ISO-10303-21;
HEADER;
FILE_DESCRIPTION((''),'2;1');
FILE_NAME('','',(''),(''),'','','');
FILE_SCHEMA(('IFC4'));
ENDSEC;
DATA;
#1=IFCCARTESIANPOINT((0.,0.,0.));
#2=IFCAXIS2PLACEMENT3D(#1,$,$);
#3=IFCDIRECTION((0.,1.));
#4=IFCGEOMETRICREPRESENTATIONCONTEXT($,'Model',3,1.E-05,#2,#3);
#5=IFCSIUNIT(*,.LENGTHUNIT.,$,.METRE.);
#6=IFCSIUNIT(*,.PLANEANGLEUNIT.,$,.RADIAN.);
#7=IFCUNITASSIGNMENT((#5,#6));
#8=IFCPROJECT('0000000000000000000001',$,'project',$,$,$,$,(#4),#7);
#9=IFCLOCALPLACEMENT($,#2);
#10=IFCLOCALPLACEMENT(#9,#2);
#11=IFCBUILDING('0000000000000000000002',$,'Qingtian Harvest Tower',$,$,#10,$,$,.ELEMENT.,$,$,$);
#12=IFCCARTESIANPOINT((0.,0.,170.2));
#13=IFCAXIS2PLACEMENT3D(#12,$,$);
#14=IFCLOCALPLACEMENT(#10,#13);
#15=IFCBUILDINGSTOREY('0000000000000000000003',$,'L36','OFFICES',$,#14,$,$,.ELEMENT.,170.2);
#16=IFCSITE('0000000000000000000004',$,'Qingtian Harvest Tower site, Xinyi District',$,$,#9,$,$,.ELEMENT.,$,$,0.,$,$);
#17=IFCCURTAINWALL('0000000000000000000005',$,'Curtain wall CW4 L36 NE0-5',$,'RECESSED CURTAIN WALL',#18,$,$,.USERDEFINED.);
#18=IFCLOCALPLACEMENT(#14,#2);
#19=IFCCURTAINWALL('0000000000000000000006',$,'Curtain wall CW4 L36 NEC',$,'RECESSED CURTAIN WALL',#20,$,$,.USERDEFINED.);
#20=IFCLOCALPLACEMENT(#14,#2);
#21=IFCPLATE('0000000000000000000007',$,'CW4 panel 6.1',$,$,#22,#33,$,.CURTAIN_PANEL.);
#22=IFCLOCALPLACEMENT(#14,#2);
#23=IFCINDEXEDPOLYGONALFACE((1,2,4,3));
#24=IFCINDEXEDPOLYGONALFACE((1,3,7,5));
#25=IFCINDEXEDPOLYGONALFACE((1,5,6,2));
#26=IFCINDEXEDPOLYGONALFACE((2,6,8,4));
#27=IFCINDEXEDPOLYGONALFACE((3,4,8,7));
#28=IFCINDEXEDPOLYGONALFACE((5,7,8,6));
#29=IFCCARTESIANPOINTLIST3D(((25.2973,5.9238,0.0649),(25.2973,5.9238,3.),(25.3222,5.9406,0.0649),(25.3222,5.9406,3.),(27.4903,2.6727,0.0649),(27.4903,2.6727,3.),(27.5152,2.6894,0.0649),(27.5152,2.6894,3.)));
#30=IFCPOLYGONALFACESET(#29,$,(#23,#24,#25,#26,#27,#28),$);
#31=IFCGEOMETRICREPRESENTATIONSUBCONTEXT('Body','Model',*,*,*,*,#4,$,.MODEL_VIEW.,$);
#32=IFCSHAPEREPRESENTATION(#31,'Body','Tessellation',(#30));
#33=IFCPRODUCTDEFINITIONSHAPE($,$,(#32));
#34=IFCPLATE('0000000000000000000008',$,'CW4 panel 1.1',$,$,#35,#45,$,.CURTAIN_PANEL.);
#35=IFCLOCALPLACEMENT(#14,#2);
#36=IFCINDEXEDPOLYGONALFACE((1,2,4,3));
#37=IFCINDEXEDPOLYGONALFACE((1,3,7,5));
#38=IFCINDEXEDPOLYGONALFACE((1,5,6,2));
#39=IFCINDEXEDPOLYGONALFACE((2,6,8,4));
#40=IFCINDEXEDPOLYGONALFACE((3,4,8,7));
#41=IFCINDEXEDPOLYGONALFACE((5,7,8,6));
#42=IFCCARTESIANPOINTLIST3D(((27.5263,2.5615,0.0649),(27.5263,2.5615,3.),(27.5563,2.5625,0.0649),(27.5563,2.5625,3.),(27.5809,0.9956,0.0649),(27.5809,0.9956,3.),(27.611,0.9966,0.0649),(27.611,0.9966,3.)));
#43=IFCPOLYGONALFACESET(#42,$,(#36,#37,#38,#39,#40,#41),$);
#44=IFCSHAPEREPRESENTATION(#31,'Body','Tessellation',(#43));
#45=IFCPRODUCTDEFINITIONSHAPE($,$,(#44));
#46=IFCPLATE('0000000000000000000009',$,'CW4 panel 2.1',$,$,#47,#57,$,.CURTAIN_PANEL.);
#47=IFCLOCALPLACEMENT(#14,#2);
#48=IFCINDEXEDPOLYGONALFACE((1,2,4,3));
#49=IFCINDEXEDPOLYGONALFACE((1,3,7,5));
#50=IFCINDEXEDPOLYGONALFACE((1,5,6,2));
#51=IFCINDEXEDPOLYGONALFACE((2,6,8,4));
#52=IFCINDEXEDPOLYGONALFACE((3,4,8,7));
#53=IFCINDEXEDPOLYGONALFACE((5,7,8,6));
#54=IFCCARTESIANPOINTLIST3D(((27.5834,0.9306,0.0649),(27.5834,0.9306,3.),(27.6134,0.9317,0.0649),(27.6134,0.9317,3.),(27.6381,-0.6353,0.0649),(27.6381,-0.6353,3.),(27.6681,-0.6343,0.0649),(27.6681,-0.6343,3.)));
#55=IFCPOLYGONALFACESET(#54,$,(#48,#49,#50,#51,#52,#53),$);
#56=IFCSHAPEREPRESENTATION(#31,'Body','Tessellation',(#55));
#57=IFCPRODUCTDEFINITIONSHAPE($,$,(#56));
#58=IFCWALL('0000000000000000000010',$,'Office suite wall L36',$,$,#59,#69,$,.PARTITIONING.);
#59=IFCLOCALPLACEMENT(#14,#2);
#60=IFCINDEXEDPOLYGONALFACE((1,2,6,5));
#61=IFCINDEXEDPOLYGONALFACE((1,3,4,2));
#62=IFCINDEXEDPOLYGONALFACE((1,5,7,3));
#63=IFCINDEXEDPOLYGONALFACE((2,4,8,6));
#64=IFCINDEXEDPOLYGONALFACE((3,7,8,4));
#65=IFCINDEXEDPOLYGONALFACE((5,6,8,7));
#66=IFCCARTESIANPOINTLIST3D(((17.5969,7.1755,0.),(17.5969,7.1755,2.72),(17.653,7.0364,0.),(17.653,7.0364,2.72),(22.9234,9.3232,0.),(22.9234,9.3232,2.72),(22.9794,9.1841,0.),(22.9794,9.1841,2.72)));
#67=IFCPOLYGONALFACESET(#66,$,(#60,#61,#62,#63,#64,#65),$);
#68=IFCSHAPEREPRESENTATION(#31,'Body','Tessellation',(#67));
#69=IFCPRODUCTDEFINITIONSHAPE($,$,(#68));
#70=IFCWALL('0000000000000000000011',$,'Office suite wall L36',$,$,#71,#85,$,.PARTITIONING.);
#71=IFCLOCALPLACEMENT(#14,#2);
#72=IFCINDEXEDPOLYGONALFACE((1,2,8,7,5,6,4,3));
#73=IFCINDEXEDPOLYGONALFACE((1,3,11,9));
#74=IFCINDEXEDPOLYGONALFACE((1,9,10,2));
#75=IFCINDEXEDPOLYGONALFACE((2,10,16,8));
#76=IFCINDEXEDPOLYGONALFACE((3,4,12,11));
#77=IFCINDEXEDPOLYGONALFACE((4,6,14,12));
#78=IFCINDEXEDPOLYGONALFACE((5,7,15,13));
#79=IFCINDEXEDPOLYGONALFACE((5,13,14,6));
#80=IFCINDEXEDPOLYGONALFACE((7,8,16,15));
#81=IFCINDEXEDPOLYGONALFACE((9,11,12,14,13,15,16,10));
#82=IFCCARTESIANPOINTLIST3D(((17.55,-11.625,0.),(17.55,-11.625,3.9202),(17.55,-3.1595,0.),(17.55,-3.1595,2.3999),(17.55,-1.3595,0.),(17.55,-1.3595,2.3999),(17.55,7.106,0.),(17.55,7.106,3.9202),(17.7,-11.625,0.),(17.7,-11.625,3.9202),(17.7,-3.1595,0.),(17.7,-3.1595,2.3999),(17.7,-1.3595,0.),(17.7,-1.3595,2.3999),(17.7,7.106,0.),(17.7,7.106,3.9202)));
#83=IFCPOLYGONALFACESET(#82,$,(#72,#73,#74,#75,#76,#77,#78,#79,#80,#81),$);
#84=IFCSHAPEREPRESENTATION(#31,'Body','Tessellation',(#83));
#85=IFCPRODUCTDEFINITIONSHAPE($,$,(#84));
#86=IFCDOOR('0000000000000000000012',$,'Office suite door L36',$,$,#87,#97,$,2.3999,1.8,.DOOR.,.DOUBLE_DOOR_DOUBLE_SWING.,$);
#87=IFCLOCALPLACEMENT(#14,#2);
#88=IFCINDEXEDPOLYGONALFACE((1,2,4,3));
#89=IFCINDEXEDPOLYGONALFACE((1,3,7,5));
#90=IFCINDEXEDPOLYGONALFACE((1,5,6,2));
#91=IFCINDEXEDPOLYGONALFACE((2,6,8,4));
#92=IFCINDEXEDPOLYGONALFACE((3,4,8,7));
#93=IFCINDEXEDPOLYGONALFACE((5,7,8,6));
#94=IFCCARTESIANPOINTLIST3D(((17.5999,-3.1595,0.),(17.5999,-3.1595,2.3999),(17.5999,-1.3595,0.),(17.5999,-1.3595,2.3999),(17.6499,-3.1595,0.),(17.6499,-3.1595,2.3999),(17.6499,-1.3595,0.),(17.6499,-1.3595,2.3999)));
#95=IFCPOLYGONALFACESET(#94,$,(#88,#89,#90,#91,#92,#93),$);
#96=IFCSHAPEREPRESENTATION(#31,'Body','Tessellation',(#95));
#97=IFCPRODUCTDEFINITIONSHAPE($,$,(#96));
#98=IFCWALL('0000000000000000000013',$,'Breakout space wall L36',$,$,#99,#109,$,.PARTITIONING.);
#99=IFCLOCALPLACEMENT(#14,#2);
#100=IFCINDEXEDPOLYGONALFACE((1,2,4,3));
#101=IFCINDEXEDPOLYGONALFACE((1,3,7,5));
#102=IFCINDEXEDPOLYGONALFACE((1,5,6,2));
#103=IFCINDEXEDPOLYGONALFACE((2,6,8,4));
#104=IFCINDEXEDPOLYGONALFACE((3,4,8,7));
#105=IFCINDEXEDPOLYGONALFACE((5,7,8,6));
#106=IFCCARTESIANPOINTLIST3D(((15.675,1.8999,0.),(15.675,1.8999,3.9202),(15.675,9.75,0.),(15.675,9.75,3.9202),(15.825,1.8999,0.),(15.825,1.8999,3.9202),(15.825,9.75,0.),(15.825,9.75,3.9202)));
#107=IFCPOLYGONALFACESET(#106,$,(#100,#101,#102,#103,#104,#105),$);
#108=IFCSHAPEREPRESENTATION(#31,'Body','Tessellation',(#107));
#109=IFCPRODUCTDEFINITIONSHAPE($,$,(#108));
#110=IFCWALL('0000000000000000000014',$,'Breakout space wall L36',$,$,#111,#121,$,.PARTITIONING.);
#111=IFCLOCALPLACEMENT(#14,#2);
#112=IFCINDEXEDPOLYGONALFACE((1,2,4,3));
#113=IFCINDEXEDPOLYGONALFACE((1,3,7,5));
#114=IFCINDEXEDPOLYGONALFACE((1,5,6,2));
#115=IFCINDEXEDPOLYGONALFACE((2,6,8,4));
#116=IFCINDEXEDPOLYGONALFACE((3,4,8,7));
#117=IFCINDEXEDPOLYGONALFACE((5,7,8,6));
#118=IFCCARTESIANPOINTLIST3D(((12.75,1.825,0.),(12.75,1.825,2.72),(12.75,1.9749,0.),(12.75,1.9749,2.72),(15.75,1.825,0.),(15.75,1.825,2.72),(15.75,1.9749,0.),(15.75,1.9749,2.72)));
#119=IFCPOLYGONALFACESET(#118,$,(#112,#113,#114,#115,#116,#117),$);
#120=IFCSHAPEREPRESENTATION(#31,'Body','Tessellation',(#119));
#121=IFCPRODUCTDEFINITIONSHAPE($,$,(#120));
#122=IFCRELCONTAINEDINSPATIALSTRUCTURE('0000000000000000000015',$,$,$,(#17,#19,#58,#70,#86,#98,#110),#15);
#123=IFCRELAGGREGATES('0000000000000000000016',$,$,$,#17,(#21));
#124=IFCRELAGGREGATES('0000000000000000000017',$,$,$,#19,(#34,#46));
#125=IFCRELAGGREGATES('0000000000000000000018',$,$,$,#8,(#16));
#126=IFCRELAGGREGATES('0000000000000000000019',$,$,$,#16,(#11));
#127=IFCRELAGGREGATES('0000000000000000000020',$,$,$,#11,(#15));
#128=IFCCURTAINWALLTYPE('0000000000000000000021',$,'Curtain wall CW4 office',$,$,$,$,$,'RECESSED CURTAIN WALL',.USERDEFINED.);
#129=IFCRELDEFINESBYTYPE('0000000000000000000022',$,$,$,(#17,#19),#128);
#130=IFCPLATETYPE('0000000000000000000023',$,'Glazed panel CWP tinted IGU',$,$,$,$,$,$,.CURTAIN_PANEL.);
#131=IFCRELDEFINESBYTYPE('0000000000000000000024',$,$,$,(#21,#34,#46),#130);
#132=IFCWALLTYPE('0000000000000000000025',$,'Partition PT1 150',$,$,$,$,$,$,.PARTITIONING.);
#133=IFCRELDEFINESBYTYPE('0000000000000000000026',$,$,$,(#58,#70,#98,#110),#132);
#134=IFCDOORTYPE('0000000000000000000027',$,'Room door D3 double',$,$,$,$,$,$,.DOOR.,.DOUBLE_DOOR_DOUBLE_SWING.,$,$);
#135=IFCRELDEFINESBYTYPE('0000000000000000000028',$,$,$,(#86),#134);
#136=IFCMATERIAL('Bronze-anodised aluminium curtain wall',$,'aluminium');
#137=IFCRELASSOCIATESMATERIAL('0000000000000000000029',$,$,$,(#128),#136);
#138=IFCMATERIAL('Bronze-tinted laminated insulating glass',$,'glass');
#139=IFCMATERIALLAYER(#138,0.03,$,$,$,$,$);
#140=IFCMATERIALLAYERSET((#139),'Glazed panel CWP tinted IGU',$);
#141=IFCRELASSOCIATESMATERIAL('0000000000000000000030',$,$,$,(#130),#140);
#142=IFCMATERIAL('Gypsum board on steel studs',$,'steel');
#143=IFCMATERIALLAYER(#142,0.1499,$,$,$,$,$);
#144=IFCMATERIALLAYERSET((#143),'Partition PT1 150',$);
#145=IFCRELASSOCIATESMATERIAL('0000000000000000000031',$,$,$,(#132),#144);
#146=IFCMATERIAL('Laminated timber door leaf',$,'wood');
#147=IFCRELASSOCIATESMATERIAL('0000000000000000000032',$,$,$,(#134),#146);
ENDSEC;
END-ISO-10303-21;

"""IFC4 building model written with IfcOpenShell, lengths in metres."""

from ifc_helpers import new_model, si_unit, direction, frame, frame_2d, origin, origin_2d, place, context, subcontext, project, spatial, rectangle, extrude, material, layer, layer_set, type_object, element, fill, aggregate, save


model = new_model("IFC4")

# Units and contexts
model_context = context("Model", 3, precision=1e-05, world=origin(), true_north=direction((0.0, 1.0)))
body_context = subcontext(model_context, "Body", "Model", "MODEL_VIEW")
ifc_project = project(units=[si_unit("LENGTHUNIT", "METRE"), si_unit("PLANEANGLEUNIT", "RADIAN")], contexts=[model_context])

# Site, building, storey
site_placement = place(None, origin())
site = spatial("IfcSite", under=ifc_project, at=site_placement, Name="Qingtian Harvest Tower site, Xinyi District", CompositionType="ELEMENT", RefElevation=0.0)
building_placement = place(site_placement, origin())
building = spatial("IfcBuilding", under=site, at=building_placement, Name="Qingtian Harvest Tower", CompositionType="ELEMENT")
storey_placement = place(building_placement, frame((0.0, 0.0, 170.2)))
storey = spatial("IfcBuildingStorey", under=building, at=storey_placement, Name="L36", Description="OFFICES", CompositionType="ELEMENT", Elevation=170.2)

# Curtain walls
ifc_material_1 = material(Name="Bronze-anodised aluminium curtain wall", Category="aluminium")
curtain_wall_type = type_object("IfcCurtainWallType", Name="Curtain wall CW4 office", ElementType="RECESSED CURTAIN WALL", PredefinedType="USERDEFINED", material=ifc_material_1)
curtain_wall_1_placement = place(storey_placement, origin())
curtain_wall_1 = element("IfcCurtainWall", 1, at=curtain_wall_1_placement, inside=storey, type_object=curtain_wall_type, Name="Curtain wall CW4 L36 NE0-5", ObjectType="RECESSED CURTAIN WALL", PredefinedType="USERDEFINED")
curtain_wall_2_placement = place(storey_placement, origin())
curtain_wall_2 = element("IfcCurtainWall", 2, at=curtain_wall_2_placement, inside=storey, type_object=curtain_wall_type, Name="Curtain wall CW4 L36 NEC", ObjectType="RECESSED CURTAIN WALL", PredefinedType="USERDEFINED")

# Plates
ifc_material_2 = material(Name="Bronze-tinted laminated insulating glass", Category="glass")
ifc_layer_1 = layer(ifc_material_2, 0.03)
ifc_layer_set_1 = layer_set([ifc_layer_1], Name="Glazed panel CWP tinted IGU")
plate_type = type_object("IfcPlateType", Name="Glazed panel CWP tinted IGU", PredefinedType="CURTAIN_PANEL", material=ifc_layer_set_1)
plate_1_placement = place(storey_placement, frame((26.4062, 4.3066, 0.0649), z_axis=(0.0, 0.0, 1.0), x_axis=(0.559193, -0.829038, 0.0)))
plate_1 = element("IfcPlate", 3, at=plate_1_placement, type_object=plate_type, Name="CW4 panel 6.1", PredefinedType="CURTAIN_PANEL", context=body_context, shape_type="SweptSolid", body=[
    extrude(rectangle(XDim=3.9216, YDim=0.03, at=origin_2d()), origin(), (0.0, 0.0, 1.0), 2.9351),
])
aggregate(curtain_wall_1, [plate_1])
plate_2_placement = place(storey_placement, frame((27.5686, 1.7791, 0.0649), z_axis=(0.0, 0.0, 1.0), x_axis=(0.034899, -0.999391, 0.0)))
plate_2 = element("IfcPlate", 4, at=plate_2_placement, type_object=plate_type, Name="CW4 panel 1.1", PredefinedType="CURTAIN_PANEL", context=body_context, shape_type="SweptSolid", body=[
    extrude(rectangle(XDim=1.5669, YDim=0.03, at=origin_2d()), origin(), (0.0, 0.0, 1.0), 2.9351),
])
plate_3_placement = place(storey_placement, frame((27.6257, 0.1482, 0.0649), z_axis=(0.0, 0.0, 1.0), x_axis=(0.034899, -0.999391, 0.0)))
plate_3 = element("IfcPlate", 5, at=plate_3_placement, type_object=plate_type, Name="CW4 panel 2.1", PredefinedType="CURTAIN_PANEL", context=body_context, shape_type="SweptSolid", body=[
    extrude(rectangle(XDim=1.5669, YDim=0.03, at=origin_2d()), origin(), (0.0, 0.0, 1.0), 2.9351),
])
aggregate(curtain_wall_2, [plate_2, plate_3])

# Wall
ifc_material_3 = material(Name="Gypsum board on steel studs", Category="steel")
ifc_layer_2 = layer(ifc_material_3, 0.1499)
ifc_layer_set_2 = layer_set([ifc_layer_2], Name="Partition PT1 150")
wall_type = type_object("IfcWallType", Name="Partition PT1 150", PredefinedType="PARTITIONING", material=ifc_layer_set_2)
wall_1_placement = place(storey_placement, frame((22.9514, 9.2537, 0.0), z_axis=(0.0, 0.0, 1.0), x_axis=(-0.927444, -0.373962, 0.0)))
element("IfcWall", 6, at=wall_1_placement, inside=storey, type_object=wall_type, Name="Office suite wall L36", PredefinedType="PARTITIONING", context=body_context, shape_type="SweptSolid", body=[
    extrude(rectangle(XDim=5.7432, YDim=0.1499, at=frame_2d((2.8716, 0.0))), origin(), (0.0, 0.0, 1.0), 2.72),
])

# Wall, opening, door
wall_2_placement = place(storey_placement, frame((17.625, 7.106, 0.0), z_axis=(0.0, 0.0, 1.0), x_axis=(0.0, -1.0, 0.0)))
wall_2 = element("IfcWall", 7, at=wall_2_placement, inside=storey, type_object=wall_type, Name="Office suite wall L36", PredefinedType="PARTITIONING", context=body_context, shape_type="SweptSolid", body=[
    extrude(rectangle(XDim=18.731, YDim=0.1499, at=frame_2d((9.3655, 0.0))), origin(), (0.0, 0.0, 1.0), 3.9202),
])
opening_placement = place(wall_2_placement, frame((8.4656, 0.0, 0.0)))
opening = element("IfcOpeningElement", 8, at=opening_placement, cuts=wall_2, PredefinedType="OPENING", context=body_context, shape_type="SweptSolid", body=[
    extrude(rectangle(XDim=1.8, YDim=2.3999, at=frame_2d((0.8999, 1.2))), frame((0.0, 0.085, 0.0), z_axis=(0.0, -1.0, 0.0), x_axis=(1.0, 0.0, 0.0)), (0.0, 0.0, 1.0), 0.1699),
])
ifc_material_4 = material(Name="Laminated timber door leaf", Category="wood")
door_type = type_object("IfcDoorType", Name="Room door D3 double", OperationType="DOUBLE_DOOR_DOUBLE_SWING", PredefinedType="DOOR", material=ifc_material_4)
door_placement = place(opening_placement, origin())
door = element("IfcDoor", 9, at=door_placement, inside=storey, type_object=door_type, Name="Office suite door L36", OperationType="DOUBLE_DOOR_DOUBLE_SWING", OverallHeight=2.3999, OverallWidth=1.8, PredefinedType="DOOR", context=body_context, shape_type="SweptSolid", body=[
    extrude(rectangle(XDim=1.8, YDim=2.3999, at=frame_2d((0.8999, 1.2))), frame((0.0, 0.0249, 0.0), z_axis=(0.0, -1.0, 0.0), x_axis=(1.0, 0.0, 0.0)), (0.0, 0.0, 1.0), 0.05),
])
fill(opening, door)

# Walls
wall_3_placement = place(storey_placement, frame((15.75, 1.8999, 0.0), z_axis=(0.0, 0.0, 1.0), x_axis=(0.0, 1.0, 0.0)))
element("IfcWall", 10, at=wall_3_placement, inside=storey, type_object=wall_type, Name="Breakout space wall L36", PredefinedType="PARTITIONING", context=body_context, shape_type="SweptSolid", body=[
    extrude(rectangle(XDim=7.8501, YDim=0.1499, at=frame_2d((3.925, 0.0))), origin(), (0.0, 0.0, 1.0), 3.9202),
])
wall_4_placement = place(storey_placement, frame((12.75, 1.8999, 0.0), z_axis=(0.0, 0.0, 1.0), x_axis=(1.0, 0.0, 0.0)))
element("IfcWall", 11, at=wall_4_placement, inside=storey, type_object=wall_type, Name="Breakout space wall L36", PredefinedType="PARTITIONING", context=body_context, shape_type="SweptSolid", body=[
    extrude(rectangle(XDim=3.0, YDim=0.1499, at=frame_2d((1.5, 0.0))), origin(), (0.0, 0.0, 1.0), 2.72),
])

save(model, "model.ifc")
